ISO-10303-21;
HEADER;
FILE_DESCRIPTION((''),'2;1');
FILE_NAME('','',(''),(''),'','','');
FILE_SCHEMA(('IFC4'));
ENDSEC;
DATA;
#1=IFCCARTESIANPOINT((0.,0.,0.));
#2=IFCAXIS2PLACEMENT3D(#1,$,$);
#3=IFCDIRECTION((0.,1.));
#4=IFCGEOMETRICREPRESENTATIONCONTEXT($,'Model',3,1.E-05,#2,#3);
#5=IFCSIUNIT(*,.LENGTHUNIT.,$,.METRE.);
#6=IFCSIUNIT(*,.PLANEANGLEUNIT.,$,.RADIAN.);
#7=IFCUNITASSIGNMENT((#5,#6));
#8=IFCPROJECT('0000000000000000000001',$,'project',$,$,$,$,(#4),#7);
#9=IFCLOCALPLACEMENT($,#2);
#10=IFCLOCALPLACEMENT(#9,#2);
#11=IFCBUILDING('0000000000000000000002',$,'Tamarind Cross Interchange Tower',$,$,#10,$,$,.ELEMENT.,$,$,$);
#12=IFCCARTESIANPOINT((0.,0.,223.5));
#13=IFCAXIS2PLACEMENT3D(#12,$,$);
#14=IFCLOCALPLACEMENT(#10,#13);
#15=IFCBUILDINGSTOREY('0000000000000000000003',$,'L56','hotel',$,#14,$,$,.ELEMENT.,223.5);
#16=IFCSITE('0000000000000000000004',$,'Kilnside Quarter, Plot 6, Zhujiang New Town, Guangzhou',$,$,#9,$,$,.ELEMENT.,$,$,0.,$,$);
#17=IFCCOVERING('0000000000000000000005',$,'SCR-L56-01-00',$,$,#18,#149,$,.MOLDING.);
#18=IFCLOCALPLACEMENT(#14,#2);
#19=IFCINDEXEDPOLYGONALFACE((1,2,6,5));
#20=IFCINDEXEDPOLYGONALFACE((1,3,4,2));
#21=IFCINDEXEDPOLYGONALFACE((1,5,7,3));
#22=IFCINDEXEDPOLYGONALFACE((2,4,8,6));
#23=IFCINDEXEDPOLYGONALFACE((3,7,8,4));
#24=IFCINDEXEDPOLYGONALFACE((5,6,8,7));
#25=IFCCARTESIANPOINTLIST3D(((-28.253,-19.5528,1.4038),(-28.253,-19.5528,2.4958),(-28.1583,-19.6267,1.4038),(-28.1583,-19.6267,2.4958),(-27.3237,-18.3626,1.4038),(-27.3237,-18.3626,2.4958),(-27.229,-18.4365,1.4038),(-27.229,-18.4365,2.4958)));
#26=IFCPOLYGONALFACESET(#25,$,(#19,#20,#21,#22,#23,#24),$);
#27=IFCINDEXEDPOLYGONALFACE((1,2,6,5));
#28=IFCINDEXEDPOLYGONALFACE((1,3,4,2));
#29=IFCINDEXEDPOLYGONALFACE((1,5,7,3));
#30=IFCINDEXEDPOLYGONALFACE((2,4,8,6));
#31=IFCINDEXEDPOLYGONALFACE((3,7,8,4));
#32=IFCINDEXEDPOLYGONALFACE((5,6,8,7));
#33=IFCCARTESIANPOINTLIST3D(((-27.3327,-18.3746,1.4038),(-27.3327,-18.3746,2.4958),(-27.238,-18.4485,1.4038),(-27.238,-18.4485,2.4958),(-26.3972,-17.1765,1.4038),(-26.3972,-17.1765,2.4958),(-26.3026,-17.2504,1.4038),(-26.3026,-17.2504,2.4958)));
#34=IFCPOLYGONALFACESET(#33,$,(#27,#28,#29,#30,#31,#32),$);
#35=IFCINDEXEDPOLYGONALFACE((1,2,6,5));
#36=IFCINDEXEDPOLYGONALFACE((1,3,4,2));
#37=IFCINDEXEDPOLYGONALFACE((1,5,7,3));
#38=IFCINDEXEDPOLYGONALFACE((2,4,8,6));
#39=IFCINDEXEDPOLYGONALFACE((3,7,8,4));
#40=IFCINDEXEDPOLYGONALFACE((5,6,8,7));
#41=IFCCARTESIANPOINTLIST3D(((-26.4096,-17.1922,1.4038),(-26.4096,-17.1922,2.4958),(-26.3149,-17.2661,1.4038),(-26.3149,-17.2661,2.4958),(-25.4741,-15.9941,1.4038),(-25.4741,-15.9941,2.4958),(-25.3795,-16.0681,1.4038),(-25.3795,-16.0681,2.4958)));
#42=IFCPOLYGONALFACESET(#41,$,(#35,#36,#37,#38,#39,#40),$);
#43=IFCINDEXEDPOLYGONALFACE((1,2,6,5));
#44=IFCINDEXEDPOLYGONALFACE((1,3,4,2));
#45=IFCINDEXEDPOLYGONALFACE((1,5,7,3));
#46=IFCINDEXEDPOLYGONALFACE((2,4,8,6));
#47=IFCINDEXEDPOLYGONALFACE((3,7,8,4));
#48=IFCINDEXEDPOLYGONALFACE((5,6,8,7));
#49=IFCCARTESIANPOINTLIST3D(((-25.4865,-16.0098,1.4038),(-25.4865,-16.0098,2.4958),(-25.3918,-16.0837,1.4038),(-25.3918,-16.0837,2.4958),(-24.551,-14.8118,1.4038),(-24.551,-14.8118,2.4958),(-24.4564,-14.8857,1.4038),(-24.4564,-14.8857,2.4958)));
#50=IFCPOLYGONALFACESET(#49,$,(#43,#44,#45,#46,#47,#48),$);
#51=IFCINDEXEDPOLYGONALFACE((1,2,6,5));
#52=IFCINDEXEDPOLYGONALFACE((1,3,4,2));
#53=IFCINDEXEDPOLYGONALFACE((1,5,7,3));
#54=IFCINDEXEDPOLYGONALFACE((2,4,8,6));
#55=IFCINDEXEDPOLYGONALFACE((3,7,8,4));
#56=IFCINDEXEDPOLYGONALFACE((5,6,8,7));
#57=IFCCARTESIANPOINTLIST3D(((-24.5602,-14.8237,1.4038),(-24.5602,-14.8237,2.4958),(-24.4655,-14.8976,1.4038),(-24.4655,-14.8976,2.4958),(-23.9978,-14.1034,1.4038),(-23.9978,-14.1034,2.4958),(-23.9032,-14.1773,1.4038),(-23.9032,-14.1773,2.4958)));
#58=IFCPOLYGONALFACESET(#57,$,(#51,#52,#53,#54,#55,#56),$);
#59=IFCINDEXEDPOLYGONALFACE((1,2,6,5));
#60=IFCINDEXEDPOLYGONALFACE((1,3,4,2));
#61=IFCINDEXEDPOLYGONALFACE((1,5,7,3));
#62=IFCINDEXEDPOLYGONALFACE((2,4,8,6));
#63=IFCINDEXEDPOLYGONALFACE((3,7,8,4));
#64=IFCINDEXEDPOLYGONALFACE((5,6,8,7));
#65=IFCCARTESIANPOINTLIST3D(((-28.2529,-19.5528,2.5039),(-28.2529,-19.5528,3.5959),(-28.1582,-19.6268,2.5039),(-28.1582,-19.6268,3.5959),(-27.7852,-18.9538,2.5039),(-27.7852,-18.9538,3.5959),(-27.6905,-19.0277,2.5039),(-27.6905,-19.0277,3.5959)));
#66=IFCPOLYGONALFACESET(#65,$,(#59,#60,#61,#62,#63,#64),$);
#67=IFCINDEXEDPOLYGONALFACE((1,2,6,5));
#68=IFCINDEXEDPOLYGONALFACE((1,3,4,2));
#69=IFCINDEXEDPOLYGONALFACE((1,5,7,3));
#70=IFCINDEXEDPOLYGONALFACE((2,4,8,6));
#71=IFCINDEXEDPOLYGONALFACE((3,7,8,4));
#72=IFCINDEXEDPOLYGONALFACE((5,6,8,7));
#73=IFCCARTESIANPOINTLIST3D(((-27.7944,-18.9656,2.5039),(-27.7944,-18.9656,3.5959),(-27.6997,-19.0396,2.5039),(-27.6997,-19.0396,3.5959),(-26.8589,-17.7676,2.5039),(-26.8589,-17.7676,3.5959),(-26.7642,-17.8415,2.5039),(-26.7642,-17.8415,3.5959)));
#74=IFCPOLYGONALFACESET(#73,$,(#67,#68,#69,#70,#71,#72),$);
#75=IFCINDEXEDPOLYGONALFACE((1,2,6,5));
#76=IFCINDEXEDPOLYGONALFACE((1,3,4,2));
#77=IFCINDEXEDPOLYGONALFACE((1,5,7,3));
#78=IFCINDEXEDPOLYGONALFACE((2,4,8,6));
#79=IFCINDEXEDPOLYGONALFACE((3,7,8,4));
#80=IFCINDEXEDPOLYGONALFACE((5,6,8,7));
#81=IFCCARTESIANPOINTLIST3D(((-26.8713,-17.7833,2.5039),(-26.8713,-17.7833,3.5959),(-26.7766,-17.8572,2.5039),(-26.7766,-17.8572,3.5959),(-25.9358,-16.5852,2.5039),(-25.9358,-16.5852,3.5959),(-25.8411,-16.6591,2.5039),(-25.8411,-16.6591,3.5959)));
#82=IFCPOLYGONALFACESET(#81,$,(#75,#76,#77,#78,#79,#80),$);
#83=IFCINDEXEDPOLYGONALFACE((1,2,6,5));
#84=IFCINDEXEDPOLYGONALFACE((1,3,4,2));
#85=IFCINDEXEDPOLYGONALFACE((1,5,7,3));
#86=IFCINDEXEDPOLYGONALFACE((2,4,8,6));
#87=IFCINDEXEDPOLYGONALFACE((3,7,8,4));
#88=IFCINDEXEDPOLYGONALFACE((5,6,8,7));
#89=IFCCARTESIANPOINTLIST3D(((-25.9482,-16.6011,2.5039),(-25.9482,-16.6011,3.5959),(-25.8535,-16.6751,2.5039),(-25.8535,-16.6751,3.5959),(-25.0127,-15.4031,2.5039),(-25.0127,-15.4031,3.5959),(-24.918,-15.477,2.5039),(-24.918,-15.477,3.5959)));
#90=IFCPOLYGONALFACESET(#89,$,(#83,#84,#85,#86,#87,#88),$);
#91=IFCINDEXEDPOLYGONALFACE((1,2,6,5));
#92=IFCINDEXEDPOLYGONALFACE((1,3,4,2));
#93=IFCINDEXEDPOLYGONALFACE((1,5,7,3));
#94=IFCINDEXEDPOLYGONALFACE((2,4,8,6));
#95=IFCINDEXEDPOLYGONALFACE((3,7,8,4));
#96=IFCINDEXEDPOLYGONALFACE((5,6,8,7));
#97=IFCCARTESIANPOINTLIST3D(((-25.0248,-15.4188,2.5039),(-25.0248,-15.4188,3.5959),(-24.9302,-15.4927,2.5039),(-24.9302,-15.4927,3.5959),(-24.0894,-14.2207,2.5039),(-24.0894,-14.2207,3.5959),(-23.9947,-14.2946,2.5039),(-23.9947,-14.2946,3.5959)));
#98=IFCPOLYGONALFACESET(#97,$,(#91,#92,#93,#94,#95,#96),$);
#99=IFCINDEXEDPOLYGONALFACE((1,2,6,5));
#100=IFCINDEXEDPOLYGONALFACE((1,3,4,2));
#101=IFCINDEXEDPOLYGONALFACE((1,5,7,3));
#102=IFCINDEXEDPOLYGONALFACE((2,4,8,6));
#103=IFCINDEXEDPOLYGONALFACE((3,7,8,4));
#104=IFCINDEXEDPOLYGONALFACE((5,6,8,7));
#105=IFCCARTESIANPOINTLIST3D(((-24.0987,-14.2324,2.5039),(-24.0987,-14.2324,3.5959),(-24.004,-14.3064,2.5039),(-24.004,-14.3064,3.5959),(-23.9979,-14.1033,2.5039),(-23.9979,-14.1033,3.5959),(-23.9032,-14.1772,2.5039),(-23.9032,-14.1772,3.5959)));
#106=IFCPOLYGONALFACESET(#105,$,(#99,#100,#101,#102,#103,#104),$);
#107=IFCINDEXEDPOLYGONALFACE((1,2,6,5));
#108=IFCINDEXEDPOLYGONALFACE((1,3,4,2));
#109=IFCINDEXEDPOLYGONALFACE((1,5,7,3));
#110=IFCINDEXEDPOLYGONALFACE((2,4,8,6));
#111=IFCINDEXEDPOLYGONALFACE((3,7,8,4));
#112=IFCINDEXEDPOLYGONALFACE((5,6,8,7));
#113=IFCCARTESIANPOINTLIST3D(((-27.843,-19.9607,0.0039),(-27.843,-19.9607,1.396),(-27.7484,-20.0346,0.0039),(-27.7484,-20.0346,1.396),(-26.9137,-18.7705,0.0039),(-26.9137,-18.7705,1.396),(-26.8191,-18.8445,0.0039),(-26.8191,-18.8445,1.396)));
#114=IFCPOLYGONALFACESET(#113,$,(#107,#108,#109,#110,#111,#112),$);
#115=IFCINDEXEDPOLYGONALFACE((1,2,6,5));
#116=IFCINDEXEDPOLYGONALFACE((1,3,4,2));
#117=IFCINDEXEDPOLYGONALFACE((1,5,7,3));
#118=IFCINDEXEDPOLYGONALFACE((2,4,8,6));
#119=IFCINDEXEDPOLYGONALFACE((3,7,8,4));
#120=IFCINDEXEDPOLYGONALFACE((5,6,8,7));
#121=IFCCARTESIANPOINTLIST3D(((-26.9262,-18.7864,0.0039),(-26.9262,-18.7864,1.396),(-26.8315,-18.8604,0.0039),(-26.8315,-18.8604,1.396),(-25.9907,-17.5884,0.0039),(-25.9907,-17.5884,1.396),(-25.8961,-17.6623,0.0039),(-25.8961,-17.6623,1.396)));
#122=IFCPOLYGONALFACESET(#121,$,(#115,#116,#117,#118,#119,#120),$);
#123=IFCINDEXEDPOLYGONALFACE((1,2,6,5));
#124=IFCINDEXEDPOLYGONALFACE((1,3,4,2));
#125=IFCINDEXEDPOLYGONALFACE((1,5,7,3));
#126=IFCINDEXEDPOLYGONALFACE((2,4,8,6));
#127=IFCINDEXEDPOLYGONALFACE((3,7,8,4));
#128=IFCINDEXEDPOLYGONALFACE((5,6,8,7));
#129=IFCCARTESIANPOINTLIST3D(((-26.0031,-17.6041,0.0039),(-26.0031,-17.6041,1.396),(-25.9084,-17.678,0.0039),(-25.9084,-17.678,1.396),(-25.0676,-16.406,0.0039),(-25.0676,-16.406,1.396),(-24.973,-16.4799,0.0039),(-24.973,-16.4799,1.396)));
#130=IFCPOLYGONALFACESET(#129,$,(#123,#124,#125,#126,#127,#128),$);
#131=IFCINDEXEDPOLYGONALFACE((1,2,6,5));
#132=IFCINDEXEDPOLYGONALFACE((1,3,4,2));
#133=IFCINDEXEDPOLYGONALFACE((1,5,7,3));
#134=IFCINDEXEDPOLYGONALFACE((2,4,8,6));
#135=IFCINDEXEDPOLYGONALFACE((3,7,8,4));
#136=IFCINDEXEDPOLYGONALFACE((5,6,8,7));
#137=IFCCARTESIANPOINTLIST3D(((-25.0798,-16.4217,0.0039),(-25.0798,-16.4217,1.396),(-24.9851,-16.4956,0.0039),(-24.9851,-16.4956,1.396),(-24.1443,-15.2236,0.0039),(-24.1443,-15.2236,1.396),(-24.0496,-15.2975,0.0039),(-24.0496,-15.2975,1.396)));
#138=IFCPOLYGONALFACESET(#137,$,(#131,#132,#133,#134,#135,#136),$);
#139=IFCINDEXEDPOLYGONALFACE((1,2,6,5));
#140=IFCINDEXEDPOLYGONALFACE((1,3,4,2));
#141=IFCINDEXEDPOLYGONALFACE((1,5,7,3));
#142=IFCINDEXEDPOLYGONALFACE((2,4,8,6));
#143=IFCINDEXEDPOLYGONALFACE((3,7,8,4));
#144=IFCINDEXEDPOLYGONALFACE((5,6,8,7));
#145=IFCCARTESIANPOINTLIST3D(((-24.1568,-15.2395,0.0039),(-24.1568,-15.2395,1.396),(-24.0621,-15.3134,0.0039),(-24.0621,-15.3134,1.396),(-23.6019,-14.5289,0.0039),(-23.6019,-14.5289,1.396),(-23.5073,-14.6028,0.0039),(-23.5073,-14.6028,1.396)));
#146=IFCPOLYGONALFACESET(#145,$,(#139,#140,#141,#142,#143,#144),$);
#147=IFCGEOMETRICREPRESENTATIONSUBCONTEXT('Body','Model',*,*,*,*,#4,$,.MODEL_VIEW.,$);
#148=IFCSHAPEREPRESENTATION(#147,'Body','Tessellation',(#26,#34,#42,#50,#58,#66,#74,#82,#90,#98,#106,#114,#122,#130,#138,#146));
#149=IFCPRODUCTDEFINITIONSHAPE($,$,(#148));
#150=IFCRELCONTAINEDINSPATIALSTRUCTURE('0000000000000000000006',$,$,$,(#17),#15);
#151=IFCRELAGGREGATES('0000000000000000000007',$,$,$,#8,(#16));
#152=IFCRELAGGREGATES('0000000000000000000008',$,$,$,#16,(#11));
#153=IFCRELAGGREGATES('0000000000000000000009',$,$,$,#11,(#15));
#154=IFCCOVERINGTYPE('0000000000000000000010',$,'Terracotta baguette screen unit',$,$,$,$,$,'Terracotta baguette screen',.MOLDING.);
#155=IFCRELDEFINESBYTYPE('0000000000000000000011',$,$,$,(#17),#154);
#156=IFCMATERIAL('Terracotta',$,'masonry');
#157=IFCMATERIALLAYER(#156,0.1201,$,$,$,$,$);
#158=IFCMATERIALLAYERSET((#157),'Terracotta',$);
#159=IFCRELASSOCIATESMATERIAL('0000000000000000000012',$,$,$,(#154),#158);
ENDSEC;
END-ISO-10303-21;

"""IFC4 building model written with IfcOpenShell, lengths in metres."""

from ifc_helpers import new_model, si_unit, direction, frame, origin, origin_2d, place, context, subcontext, project, spatial, rectangle, extrude, material, layer, layer_set, type_object, element, save


model = new_model("IFC4")

# Units and contexts
model_context = context("Model", 3, precision=1e-05, world=origin(), true_north=direction((0.0, 1.0)))
body_context = subcontext(model_context, "Body", "Model", "MODEL_VIEW")
ifc_project = project(units=[si_unit("LENGTHUNIT", "METRE"), si_unit("PLANEANGLEUNIT", "RADIAN")], contexts=[model_context])

# Site, building, storey
site_placement = place(None, origin())
site = spatial("IfcSite", under=ifc_project, at=site_placement, Name="Kilnside Quarter, Plot 6, Zhujiang New Town, Guangzhou", CompositionType="ELEMENT", RefElevation=0.0)
building_placement = place(site_placement, origin())
building = spatial("IfcBuilding", under=site, at=building_placement, Name="Tamarind Cross Interchange Tower", CompositionType="ELEMENT")
storey_placement = place(building_placement, frame((0.0, 0.0, 223.5)))
storey = spatial("IfcBuildingStorey", under=building, at=storey_placement, Name="L56", Description="hotel", CompositionType="ELEMENT", Elevation=223.5)

# Covering
ifc_material_1 = material(Name="Terracotta", Category="masonry")
ifc_layer_1 = layer(ifc_material_1, 0.1201)
ifc_layer_set_1 = layer_set([ifc_layer_1], Name="Terracotta")
covering_type = type_object("IfcCoveringType", Name="Terracotta baguette screen unit", ElementType="Terracotta baguette screen", PredefinedType="MOLDING", material=ifc_layer_set_1)
covering_1_placement = place(storey_placement, origin())
element("IfcCovering", 1, at=covering_1_placement, inside=storey, type_object=covering_type, Name="SCR-L56-01-00", PredefinedType="MOLDING", context=body_context, shape_type="SweptSolid", body=[
    extrude(rectangle(XDim=1.51, YDim=0.1201, at=origin_2d()), frame((-27.741, -18.9946, 1.4038), z_axis=(0.0, 0.0, 1.0), x_axis=(0.615429, 0.788193, 0.0)), (0.0, 0.0, 1.0), 1.092),
    extrude(rectangle(XDim=1.52, YDim=0.1201, at=origin_2d()), frame((-26.8176, -17.8125, 1.4038), z_axis=(0.0, 0.0, 1.0), x_axis=(0.615429, 0.788193, 0.0)), (0.0, 0.0, 1.0), 1.092),
    extrude(rectangle(XDim=1.52, YDim=0.1201, at=origin_2d()), frame((-25.8945, -16.6301, 1.4038), z_axis=(0.0, 0.0, 1.0), x_axis=(0.615429, 0.788193, 0.0)), (0.0, 0.0, 1.0), 1.092),
    extrude(rectangle(XDim=1.52, YDim=0.1201, at=origin_2d()), frame((-24.9714, -15.4478, 1.4038), z_axis=(0.0, 0.0, 1.0), x_axis=(0.615429, 0.788193, 0.0)), (0.0, 0.0, 1.0), 1.092),
    extrude(rectangle(XDim=0.9138, YDim=0.1201, at=origin_2d()), frame((-24.2317, -14.5005, 1.4038), z_axis=(0.0, 0.0, 1.0), x_axis=(0.615429, 0.788193, 0.0)), (0.0, 0.0, 1.0), 1.092),
    extrude(rectangle(XDim=0.76, YDim=0.1201, at=origin_2d()), frame((-27.9717, -19.2903, 2.5039), z_axis=(0.0, 0.0, 1.0), x_axis=(0.615429, 0.788193, 0.0)), (0.0, 0.0, 1.0), 1.092),
    extrude(rectangle(XDim=1.52, YDim=0.1201, at=origin_2d()), frame((-27.2793, -18.4036, 2.5039), z_axis=(0.0, 0.0, 1.0), x_axis=(0.615429, 0.788193, 0.0)), (0.0, 0.0, 1.0), 1.092),
    extrude(rectangle(XDim=1.52, YDim=0.1201, at=origin_2d()), frame((-26.3562, -17.2212, 2.5039), z_axis=(0.0, 0.0, 1.0), x_axis=(0.615429, 0.788193, 0.0)), (0.0, 0.0, 1.0), 1.092),
    extrude(rectangle(XDim=1.52, YDim=0.1201, at=origin_2d()), frame((-25.4331, -16.0391, 2.5039), z_axis=(0.0, 0.0, 1.0), x_axis=(0.615429, 0.788193, 0.0)), (0.0, 0.0, 1.0), 1.092),
    extrude(rectangle(XDim=1.52, YDim=0.1201, at=origin_2d()), frame((-24.5098, -14.8567, 2.5039), z_axis=(0.0, 0.0, 1.0), x_axis=(0.615429, 0.788193, 0.0)), (0.0, 0.0, 1.0), 1.092),
    extrude(rectangle(XDim=0.1638, YDim=0.1201, at=origin_2d()), frame((-24.001, -14.2048, 2.5039), z_axis=(0.0, 0.0, 1.0), x_axis=(0.615429, 0.788193, 0.0)), (0.0, 0.0, 1.0), 1.092),
    extrude(rectangle(XDim=1.51, YDim=0.1201, at=origin_2d()), frame((-27.3311, -19.4026, 0.0039), z_axis=(0.0, 0.0, 1.0), x_axis=(0.615429, 0.788193, 0.0)), (0.0, 0.0, 1.0), 1.3921),
    extrude(rectangle(XDim=1.52, YDim=0.1201, at=origin_2d()), frame((-26.4111, -18.2244, 0.0039), z_axis=(0.0, 0.0, 1.0), x_axis=(0.615429, 0.788193, 0.0)), (0.0, 0.0, 1.0), 1.3921),
    extrude(rectangle(XDim=1.52, YDim=0.1201, at=origin_2d()), frame((-25.488, -17.042, 0.0039), z_axis=(0.0, 0.0, 1.0), x_axis=(0.615429, 0.788193, 0.0)), (0.0, 0.0, 1.0), 1.3921),
    extrude(rectangle(XDim=1.52, YDim=0.1201, at=origin_2d()), frame((-24.5647, -15.8596, 0.0039), z_axis=(0.0, 0.0, 1.0), x_axis=(0.615429, 0.788193, 0.0)), (0.0, 0.0, 1.0), 1.3921),
    extrude(rectangle(XDim=0.9016, YDim=0.1201, at=origin_2d()), frame((-23.832, -14.9211, 0.0039), z_axis=(0.0, 0.0, 1.0), x_axis=(0.615429, 0.788193, 0.0)), (0.0, 0.0, 1.0), 1.3921),
])

save(model, "model.ifc")
